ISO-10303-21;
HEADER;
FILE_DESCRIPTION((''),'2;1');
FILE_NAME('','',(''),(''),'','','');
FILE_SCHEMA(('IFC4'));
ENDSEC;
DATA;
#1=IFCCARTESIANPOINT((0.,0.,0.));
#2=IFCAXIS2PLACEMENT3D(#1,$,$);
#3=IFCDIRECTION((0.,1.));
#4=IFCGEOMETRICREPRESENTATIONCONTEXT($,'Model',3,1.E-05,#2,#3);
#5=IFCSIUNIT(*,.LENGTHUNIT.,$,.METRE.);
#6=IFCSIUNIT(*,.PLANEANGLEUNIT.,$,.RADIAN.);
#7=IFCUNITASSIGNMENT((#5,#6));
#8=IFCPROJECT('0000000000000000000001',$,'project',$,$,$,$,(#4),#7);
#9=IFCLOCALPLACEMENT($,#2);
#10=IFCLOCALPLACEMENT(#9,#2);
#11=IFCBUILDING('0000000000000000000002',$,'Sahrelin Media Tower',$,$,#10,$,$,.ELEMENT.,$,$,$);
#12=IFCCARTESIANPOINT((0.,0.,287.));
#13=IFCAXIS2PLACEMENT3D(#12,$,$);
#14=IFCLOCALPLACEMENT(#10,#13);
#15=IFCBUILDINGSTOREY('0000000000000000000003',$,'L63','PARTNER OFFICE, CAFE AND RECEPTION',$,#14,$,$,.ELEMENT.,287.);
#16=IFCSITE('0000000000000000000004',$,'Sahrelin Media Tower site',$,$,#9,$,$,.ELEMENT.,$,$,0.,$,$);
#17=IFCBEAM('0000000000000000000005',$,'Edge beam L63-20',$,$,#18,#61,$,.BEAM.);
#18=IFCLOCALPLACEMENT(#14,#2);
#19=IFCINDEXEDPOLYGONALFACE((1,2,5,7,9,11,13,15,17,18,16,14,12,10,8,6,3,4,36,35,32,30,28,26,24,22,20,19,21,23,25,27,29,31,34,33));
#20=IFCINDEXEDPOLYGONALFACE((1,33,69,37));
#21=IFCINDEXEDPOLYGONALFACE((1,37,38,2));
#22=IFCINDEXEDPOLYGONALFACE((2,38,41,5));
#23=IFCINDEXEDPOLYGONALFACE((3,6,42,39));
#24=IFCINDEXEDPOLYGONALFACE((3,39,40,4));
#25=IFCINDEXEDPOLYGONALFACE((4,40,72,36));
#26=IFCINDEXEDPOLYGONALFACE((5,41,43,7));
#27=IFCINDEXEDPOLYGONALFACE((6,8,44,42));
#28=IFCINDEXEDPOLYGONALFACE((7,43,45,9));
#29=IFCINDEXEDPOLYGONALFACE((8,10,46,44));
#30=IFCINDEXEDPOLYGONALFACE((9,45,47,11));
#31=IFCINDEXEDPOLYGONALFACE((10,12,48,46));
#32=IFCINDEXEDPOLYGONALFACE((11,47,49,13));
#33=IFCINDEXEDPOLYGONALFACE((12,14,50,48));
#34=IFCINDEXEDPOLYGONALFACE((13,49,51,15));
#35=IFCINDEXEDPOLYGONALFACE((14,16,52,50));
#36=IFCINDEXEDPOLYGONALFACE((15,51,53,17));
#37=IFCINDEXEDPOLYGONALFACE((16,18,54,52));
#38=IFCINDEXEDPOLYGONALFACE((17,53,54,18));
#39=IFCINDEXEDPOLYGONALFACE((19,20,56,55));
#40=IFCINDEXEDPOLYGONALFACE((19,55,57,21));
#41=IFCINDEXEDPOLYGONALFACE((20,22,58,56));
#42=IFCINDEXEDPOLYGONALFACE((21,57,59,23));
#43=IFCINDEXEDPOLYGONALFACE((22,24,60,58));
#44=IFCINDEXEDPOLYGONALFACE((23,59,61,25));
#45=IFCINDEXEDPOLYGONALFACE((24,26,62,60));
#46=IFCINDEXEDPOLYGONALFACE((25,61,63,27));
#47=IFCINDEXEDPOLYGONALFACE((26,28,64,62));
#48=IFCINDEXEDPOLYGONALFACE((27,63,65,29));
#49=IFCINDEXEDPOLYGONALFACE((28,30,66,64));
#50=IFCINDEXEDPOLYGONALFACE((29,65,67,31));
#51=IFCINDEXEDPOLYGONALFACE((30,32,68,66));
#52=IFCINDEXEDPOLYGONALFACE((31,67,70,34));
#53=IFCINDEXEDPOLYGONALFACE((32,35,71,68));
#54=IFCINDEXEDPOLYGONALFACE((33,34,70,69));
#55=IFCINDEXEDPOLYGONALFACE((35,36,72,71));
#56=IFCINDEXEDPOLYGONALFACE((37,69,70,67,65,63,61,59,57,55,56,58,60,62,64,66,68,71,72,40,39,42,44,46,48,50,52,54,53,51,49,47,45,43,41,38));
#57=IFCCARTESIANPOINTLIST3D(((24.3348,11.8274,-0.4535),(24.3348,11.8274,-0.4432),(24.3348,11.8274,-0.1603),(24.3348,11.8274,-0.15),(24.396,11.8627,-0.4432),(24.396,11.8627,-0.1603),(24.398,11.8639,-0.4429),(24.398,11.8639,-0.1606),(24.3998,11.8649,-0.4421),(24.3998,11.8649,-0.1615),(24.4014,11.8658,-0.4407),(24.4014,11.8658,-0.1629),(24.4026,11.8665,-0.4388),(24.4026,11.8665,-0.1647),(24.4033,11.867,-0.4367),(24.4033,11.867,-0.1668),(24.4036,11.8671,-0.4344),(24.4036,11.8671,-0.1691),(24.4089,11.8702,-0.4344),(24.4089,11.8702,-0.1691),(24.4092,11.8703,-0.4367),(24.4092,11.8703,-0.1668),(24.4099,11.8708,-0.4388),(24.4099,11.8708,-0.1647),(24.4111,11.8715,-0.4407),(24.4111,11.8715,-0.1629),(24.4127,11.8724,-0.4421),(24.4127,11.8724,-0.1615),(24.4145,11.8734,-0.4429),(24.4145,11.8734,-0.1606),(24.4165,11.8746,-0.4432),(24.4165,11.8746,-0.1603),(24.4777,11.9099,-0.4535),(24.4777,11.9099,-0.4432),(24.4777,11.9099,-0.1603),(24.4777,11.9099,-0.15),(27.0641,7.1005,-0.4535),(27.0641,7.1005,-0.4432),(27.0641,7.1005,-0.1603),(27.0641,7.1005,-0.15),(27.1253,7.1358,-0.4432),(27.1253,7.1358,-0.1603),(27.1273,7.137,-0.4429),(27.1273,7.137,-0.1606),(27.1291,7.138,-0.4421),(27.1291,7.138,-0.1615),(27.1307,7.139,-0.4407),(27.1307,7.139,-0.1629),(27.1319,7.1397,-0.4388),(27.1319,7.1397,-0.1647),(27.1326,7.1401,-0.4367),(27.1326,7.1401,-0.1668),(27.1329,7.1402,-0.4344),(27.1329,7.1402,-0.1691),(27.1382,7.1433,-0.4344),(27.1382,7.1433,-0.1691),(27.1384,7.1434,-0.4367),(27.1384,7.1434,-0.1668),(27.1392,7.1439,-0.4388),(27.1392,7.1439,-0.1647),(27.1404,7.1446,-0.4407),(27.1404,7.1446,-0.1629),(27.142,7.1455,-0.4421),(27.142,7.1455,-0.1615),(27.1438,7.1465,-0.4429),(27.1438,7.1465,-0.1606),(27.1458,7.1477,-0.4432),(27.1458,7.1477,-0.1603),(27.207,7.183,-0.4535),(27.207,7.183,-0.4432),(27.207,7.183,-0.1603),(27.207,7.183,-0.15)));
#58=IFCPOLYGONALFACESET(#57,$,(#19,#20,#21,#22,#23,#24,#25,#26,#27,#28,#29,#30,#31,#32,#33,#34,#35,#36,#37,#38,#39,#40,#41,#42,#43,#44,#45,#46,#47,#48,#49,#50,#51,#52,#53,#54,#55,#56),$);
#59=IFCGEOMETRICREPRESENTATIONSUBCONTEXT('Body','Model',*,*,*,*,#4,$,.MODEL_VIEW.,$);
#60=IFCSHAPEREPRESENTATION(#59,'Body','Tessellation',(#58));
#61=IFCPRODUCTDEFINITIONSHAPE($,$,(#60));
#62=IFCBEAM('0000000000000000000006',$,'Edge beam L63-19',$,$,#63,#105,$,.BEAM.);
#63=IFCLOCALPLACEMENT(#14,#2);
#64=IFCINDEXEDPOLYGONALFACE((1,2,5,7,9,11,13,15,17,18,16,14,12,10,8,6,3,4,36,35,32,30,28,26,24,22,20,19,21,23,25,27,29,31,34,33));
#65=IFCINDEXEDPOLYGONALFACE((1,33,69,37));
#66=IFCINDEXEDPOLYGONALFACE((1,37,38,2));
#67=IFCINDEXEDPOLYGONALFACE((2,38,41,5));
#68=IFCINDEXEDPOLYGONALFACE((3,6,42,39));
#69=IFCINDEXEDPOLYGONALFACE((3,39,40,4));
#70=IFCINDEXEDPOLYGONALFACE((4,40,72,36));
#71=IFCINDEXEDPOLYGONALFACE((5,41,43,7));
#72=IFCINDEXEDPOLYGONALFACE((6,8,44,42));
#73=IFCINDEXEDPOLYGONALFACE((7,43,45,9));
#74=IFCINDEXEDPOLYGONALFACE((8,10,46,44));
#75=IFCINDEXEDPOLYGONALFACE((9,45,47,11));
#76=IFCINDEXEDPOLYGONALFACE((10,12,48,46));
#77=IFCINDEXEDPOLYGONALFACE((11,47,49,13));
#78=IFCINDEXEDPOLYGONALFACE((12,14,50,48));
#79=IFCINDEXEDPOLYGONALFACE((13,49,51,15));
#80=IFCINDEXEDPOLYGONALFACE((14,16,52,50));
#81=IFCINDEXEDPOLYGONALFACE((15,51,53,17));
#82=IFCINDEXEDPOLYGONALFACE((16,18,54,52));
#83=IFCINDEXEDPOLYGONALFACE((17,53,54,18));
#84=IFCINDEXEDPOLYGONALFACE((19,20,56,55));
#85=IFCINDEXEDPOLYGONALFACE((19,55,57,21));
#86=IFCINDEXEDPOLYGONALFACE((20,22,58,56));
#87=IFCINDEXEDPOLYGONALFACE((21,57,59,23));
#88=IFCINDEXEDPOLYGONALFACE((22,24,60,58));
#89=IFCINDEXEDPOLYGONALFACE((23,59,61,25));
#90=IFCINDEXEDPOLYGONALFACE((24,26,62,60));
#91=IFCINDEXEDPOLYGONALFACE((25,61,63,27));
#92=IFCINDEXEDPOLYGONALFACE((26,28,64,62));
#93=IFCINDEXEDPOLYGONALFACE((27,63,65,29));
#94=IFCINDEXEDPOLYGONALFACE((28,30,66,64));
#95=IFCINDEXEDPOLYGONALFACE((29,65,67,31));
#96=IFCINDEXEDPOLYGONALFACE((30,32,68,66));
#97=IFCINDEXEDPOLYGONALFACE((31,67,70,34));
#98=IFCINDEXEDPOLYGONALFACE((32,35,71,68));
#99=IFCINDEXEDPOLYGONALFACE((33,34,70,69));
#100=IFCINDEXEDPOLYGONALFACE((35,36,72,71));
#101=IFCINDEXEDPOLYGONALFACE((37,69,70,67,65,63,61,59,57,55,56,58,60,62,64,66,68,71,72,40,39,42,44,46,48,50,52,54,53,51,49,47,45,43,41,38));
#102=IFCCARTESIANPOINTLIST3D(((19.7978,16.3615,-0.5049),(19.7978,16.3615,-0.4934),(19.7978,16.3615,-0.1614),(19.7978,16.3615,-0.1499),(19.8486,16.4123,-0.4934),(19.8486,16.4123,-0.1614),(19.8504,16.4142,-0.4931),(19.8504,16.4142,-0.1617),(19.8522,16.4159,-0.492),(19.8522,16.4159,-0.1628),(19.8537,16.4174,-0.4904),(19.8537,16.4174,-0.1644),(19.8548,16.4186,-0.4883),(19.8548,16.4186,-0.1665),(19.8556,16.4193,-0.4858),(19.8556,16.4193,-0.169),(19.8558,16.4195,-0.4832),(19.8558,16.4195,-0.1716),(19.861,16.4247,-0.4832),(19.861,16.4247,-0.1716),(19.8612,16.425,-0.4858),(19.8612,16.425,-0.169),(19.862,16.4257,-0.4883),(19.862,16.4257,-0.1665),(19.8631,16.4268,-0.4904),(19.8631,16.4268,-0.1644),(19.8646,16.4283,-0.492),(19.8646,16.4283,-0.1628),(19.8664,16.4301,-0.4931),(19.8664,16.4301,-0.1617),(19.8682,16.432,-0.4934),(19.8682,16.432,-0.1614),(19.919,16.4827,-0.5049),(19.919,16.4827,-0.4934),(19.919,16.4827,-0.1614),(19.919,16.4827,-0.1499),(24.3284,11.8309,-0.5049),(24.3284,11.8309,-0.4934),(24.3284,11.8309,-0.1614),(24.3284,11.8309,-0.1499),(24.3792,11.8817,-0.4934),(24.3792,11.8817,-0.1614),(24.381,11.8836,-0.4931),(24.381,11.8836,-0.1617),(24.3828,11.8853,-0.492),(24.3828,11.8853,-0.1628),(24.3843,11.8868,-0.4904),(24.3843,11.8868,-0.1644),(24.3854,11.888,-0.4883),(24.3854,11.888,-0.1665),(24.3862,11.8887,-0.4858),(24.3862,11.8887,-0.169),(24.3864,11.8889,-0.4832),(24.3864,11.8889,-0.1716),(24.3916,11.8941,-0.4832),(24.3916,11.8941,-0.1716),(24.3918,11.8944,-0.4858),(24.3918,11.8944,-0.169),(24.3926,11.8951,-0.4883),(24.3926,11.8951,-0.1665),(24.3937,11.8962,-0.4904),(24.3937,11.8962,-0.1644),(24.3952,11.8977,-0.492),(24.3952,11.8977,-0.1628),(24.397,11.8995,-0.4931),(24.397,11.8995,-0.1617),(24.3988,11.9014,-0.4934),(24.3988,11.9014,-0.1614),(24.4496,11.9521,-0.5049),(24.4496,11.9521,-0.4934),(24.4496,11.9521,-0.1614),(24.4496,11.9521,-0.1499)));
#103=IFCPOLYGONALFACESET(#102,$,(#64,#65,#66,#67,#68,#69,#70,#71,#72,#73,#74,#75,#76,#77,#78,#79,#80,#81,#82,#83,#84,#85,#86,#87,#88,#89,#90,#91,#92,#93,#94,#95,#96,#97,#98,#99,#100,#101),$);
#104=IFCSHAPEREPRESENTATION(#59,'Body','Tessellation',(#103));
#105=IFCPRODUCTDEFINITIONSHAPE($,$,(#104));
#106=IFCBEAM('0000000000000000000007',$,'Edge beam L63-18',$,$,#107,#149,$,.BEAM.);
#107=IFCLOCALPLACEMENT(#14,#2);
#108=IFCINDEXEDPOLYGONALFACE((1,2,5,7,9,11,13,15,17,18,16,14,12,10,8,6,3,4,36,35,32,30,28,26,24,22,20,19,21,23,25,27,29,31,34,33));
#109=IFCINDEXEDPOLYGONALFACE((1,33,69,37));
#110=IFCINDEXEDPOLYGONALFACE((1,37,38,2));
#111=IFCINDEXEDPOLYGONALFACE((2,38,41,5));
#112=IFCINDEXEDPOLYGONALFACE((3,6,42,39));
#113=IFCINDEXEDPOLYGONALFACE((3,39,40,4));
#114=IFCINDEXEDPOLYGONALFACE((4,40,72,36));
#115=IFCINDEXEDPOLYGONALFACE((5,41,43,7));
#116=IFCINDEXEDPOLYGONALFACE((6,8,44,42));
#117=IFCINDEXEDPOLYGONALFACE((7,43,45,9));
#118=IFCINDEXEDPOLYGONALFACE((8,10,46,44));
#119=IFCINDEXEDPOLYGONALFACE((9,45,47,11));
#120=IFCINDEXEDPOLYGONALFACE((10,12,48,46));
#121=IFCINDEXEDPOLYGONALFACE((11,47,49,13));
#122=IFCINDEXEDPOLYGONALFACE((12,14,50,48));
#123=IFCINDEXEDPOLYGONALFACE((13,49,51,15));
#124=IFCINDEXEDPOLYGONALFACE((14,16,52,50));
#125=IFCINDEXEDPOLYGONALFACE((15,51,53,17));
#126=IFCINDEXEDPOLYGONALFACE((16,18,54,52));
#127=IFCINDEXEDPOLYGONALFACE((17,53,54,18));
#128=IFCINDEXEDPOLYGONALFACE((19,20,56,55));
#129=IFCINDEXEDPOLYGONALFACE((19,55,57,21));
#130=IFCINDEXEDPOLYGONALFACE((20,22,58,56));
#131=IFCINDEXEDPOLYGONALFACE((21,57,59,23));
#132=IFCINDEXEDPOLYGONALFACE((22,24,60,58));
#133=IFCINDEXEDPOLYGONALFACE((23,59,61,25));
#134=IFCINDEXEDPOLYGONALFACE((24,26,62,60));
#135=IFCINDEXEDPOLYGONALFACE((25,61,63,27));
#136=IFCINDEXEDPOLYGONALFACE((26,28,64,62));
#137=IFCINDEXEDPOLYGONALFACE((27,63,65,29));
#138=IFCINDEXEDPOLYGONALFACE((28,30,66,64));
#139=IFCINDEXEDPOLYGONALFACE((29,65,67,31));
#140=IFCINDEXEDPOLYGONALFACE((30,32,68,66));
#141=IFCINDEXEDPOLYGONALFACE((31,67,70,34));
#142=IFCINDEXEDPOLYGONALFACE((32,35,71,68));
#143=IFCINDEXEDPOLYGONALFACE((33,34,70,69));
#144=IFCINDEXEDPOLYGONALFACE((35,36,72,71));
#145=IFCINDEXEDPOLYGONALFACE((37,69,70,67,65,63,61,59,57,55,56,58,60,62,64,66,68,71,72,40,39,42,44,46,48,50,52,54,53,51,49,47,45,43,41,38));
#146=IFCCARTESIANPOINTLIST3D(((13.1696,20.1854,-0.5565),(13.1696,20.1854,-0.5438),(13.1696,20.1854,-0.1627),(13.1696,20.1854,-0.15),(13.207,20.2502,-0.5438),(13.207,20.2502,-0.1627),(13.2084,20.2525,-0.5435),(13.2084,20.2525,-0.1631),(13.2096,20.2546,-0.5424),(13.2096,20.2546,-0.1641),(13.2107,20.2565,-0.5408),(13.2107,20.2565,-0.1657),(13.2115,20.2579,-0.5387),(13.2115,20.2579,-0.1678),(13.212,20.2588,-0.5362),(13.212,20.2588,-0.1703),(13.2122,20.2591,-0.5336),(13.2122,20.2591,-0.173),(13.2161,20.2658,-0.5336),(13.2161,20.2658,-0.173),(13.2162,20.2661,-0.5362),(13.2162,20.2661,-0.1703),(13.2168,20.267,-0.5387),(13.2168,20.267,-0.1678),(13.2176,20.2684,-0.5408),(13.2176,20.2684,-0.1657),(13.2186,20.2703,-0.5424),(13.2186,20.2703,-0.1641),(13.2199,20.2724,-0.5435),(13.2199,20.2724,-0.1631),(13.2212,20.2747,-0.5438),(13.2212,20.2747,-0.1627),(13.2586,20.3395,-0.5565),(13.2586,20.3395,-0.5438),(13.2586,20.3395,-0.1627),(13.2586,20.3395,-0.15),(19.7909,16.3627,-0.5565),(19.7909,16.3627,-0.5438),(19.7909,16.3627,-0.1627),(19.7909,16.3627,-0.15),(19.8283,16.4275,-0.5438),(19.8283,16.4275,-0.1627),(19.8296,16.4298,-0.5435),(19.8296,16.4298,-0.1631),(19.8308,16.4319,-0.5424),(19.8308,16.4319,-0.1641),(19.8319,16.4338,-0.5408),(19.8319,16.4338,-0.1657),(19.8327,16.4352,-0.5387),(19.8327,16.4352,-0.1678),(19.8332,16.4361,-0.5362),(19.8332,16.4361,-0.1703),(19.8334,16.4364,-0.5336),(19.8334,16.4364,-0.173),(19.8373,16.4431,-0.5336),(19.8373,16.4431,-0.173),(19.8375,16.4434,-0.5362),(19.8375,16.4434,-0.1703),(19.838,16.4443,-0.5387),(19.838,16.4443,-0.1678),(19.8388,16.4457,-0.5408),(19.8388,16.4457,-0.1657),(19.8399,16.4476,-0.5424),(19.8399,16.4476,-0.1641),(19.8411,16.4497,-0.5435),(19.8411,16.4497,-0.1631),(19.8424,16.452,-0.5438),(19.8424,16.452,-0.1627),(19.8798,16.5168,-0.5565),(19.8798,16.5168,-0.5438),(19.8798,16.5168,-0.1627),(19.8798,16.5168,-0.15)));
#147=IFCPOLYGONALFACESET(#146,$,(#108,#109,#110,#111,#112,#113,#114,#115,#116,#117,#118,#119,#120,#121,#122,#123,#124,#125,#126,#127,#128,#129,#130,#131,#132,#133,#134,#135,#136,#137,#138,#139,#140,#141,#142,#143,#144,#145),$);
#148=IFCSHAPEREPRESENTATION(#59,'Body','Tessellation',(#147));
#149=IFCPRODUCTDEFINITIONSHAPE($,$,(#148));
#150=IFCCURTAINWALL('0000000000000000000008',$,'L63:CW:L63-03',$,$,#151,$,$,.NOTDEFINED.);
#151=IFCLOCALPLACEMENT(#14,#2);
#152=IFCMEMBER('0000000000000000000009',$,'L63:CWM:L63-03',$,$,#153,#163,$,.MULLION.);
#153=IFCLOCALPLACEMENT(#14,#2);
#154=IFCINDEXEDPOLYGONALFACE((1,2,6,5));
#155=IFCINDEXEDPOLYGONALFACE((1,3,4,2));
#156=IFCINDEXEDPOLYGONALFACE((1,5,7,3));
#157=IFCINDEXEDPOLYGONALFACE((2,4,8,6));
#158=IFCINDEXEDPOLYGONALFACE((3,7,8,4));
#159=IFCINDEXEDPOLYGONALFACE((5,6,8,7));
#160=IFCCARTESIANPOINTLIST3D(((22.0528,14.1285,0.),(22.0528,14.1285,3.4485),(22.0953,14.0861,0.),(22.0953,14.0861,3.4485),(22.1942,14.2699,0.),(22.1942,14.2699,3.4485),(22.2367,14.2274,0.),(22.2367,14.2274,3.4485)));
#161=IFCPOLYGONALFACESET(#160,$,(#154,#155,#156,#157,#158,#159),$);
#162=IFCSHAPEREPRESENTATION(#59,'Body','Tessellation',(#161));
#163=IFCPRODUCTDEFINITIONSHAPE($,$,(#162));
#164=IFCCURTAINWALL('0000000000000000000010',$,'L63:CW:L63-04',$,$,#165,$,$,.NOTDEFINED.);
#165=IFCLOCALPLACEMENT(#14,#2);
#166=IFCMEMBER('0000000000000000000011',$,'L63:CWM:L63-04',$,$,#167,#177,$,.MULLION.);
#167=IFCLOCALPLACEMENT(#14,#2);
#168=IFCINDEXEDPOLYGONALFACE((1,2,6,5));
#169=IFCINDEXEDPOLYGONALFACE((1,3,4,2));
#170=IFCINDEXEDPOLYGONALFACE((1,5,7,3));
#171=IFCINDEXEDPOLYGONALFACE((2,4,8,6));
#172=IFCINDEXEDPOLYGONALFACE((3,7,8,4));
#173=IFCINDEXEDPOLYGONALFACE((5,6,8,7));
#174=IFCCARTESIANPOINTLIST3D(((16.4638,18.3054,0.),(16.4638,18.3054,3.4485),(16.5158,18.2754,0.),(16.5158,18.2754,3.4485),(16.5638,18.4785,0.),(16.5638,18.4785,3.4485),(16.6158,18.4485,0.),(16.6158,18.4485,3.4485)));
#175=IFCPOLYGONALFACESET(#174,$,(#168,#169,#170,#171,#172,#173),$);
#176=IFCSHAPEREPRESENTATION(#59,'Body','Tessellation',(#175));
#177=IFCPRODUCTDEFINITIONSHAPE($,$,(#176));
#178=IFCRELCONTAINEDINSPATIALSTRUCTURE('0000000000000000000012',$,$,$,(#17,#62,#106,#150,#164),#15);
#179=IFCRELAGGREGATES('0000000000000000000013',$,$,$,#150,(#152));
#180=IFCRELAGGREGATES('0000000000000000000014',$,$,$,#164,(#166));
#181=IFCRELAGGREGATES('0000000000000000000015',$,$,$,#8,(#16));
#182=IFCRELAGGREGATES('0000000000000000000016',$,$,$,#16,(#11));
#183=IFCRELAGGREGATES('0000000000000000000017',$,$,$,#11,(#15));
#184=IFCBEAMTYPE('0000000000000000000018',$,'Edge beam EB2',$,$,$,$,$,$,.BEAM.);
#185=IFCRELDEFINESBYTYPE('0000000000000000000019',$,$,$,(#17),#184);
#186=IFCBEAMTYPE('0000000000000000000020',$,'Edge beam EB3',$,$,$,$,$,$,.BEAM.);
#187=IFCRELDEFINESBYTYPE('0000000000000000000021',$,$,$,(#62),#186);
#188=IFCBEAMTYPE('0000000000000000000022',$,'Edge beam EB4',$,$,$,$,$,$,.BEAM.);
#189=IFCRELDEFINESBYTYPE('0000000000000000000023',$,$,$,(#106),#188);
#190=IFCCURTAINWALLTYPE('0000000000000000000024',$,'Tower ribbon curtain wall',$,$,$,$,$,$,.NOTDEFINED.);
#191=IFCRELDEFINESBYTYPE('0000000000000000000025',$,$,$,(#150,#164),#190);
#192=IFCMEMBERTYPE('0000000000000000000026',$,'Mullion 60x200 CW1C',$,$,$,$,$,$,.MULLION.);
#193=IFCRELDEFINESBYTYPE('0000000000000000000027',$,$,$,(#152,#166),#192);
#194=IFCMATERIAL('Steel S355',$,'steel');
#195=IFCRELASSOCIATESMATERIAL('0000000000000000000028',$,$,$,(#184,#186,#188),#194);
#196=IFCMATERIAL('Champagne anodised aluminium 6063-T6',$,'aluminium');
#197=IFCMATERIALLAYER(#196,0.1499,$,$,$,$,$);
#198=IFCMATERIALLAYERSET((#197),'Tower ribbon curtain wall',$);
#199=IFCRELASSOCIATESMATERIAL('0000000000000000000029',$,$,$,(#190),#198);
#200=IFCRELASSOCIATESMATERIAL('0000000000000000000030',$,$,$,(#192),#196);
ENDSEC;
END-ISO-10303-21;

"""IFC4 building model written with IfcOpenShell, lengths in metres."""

from ifc_helpers import new_model, si_unit, direction, frame, origin, origin_2d, place, context, subcontext, project, spatial, rectangle, i_section, extrude, material, layer, layer_set, material_profile, profile_set, type_object, element, aggregate, save


model = new_model("IFC4")

# Units and contexts
model_context = context("Model", 3, precision=1e-05, world=origin(), true_north=direction((0.0, 1.0)))
body_context = subcontext(model_context, "Body", "Model", "MODEL_VIEW")
ifc_project = project(units=[si_unit("LENGTHUNIT", "METRE"), si_unit("PLANEANGLEUNIT", "RADIAN")], contexts=[model_context])

# Site, building, storey
site_placement = place(None, origin())
site = spatial("IfcSite", under=ifc_project, at=site_placement, Name="Sahrelin Media Tower site", CompositionType="ELEMENT", RefElevation=0.0)
building_placement = place(site_placement, origin())
building = spatial("IfcBuilding", under=site, at=building_placement, Name="Sahrelin Media Tower", CompositionType="ELEMENT")
storey_placement = place(building_placement, frame((0.0, 0.0, 287.0)))
storey = spatial("IfcBuildingStorey", under=building, at=storey_placement, Name="L63", Description="PARTNER OFFICE, CAFE AND RECEPTION", CompositionType="ELEMENT", Elevation=287.0)

# Beams
ifc_material_1 = material(Name="Steel S355", Category="steel")
ifc_material_profile_1 = material_profile(ifc_material_1, i_section(OverallWidth=0.165, OverallDepth=0.3035, WebThickness=0.0061, FlangeThickness=0.0103, FilletRadius=0.0088, at=origin_2d()), Name="UB 305x165x40")
ifc_profile_set_1 = profile_set([ifc_material_profile_1], Name="Steel S355")
beam_type_1 = type_object("IfcBeamType", Name="Edge beam EB2", PredefinedType="BEAM", material=ifc_profile_set_1)
beam_1_placement = place(storey_placement, frame((24.4062, 11.8687, -0.3018), z_axis=(0.500031, -0.866008, 0.0), x_axis=(0.866008, 0.500031, 0.0)))
element("IfcBeam", 1, at=beam_1_placement, inside=storey, type_object=beam_type_1, Name="Edge beam L63-20", PredefinedType="BEAM", context=body_context, shape_type="SweptSolid", body=[
    extrude(i_section(OverallWidth=0.165, OverallDepth=0.3035, WebThickness=0.0061, FlangeThickness=0.0103, FilletRadius=0.0088, at=origin_2d()), origin(), (0.0, 0.0, 1.0), 5.4583),
])
ifc_material_profile_2 = material_profile(ifc_material_1, i_section(OverallWidth=0.1714, OverallDepth=0.355, WebThickness=0.0073, FlangeThickness=0.0115, FilletRadius=0.0103, at=origin_2d()), Name="UB 356x171x51")
ifc_profile_set_2 = profile_set([ifc_material_profile_2], Name="Steel S355")
beam_type_2 = type_object("IfcBeamType", Name="Edge beam EB3", PredefinedType="BEAM", material=ifc_profile_set_2)
beam_2_placement = place(storey_placement, frame((19.8584, 16.4221, -0.3274), z_axis=(0.707107, -0.707107, 0.0), x_axis=(0.707107, 0.707107, 0.0)))
element("IfcBeam", 2, at=beam_2_placement, inside=storey, type_object=beam_type_2, Name="Edge beam L63-19", PredefinedType="BEAM", context=body_context, shape_type="SweptSolid", body=[
    extrude(i_section(OverallWidth=0.1714, OverallDepth=0.355, WebThickness=0.0073, FlangeThickness=0.0115, FilletRadius=0.0103, at=origin_2d()), origin(), (0.0, 0.0, 1.0), 6.4072),
])
ifc_material_profile_3 = material_profile(ifc_material_1, i_section(OverallWidth=0.178, OverallDepth=0.4065, WebThickness=0.0078, FlangeThickness=0.0127, FilletRadius=0.0103, at=origin_2d()), Name="UB 406x178x60")
ifc_profile_set_3 = profile_set([ifc_material_profile_3], Name="Steel S355")
beam_type_3 = type_object("IfcBeamType", Name="Edge beam EB4", PredefinedType="BEAM", material=ifc_profile_set_3)
beam_3_placement = place(storey_placement, frame((13.2141, 20.2625, -0.3533), z_axis=(0.86603, -0.499992, 0.0), x_axis=(0.499992, 0.86603, 0.0)))
element("IfcBeam", 3, at=beam_3_placement, inside=storey, type_object=beam_type_3, Name="Edge beam L63-18", PredefinedType="BEAM", context=body_context, shape_type="SweptSolid", body=[
    extrude(i_section(OverallWidth=0.178, OverallDepth=0.4065, WebThickness=0.0078, FlangeThickness=0.0127, FilletRadius=0.0103, at=origin_2d()), origin(), (0.0, 0.0, 1.0), 7.6455),
])

# Curtain walls, members
ifc_material_2 = material(Name="Champagne anodised aluminium 6063-T6", Category="aluminium")
ifc_layer_1 = layer(ifc_material_2, 0.1499)
ifc_layer_set_1 = layer_set([ifc_layer_1], Name="Tower ribbon curtain wall")
curtain_wall_type = type_object("IfcCurtainWallType", Name="Tower ribbon curtain wall", PredefinedType="NOTDEFINED", material=ifc_layer_set_1)
curtain_wall_1_placement = place(storey_placement, frame((22.2295, 14.2627, 0.0), z_axis=(0.0, 0.0, 1.0), x_axis=(1.0, 0.0, 0.0)))
curtain_wall_1 = element("IfcCurtainWall", 4, at=curtain_wall_1_placement, inside=storey, type_object=curtain_wall_type, Name="L63:CW:L63-03", PredefinedType="NOTDEFINED")
ifc_material_profile_4 = material_profile(ifc_material_2, rectangle(XDim=0.0601, YDim=0.2, at=origin_2d()), Name="Mullion 60x200")
ifc_profile_set_4 = profile_set([ifc_material_profile_4], Name="Champagne anodised aluminium 6063-T6")
member_type_1 = type_object("IfcMemberType", Name="Mullion 60x200 CW1C", PredefinedType="MULLION", material=ifc_profile_set_4)
member_1_placement = place(storey_placement, frame((22.1448, 14.178, 0.0), z_axis=(0.0, 0.0, 1.0), x_axis=(-0.707099, 0.707114, 0.0)))
member_1 = element("IfcMember", 5, at=member_1_placement, type_object=member_type_1, Name="L63:CWM:L63-03", PredefinedType="MULLION", context=body_context, shape_type="SweptSolid", body=[
    extrude(rectangle(XDim=0.0601, YDim=0.2, at=origin_2d()), origin(), (0.0, 0.0, 1.0), 3.4485),
])
curtain_wall_2_placement = place(storey_placement, frame((16.5999, 18.481, 0.0), z_axis=(0.0, 0.0, 1.0), x_axis=(1.0, 0.0, 0.0)))
curtain_wall_2 = element("IfcCurtainWall", 6, at=curtain_wall_2_placement, inside=storey, type_object=curtain_wall_type, Name="L63:CW:L63-04", PredefinedType="NOTDEFINED")
member_2_placement = place(storey_placement, frame((16.5398, 18.377, 0.0), z_axis=(0.0, 0.0, 1.0), x_axis=(-0.866025, 0.5, 0.0)))
member_2 = element("IfcMember", 7, at=member_2_placement, type_object=member_type_1, Name="L63:CWM:L63-04", PredefinedType="MULLION", context=body_context, shape_type="SweptSolid", body=[
    extrude(rectangle(XDim=0.0601, YDim=0.2, at=origin_2d()), origin(), (0.0, 0.0, 1.0), 3.4485),
])

aggregate(curtain_wall_1, [member_1])
aggregate(curtain_wall_2, [member_2])

save(model, "model.ifc")
